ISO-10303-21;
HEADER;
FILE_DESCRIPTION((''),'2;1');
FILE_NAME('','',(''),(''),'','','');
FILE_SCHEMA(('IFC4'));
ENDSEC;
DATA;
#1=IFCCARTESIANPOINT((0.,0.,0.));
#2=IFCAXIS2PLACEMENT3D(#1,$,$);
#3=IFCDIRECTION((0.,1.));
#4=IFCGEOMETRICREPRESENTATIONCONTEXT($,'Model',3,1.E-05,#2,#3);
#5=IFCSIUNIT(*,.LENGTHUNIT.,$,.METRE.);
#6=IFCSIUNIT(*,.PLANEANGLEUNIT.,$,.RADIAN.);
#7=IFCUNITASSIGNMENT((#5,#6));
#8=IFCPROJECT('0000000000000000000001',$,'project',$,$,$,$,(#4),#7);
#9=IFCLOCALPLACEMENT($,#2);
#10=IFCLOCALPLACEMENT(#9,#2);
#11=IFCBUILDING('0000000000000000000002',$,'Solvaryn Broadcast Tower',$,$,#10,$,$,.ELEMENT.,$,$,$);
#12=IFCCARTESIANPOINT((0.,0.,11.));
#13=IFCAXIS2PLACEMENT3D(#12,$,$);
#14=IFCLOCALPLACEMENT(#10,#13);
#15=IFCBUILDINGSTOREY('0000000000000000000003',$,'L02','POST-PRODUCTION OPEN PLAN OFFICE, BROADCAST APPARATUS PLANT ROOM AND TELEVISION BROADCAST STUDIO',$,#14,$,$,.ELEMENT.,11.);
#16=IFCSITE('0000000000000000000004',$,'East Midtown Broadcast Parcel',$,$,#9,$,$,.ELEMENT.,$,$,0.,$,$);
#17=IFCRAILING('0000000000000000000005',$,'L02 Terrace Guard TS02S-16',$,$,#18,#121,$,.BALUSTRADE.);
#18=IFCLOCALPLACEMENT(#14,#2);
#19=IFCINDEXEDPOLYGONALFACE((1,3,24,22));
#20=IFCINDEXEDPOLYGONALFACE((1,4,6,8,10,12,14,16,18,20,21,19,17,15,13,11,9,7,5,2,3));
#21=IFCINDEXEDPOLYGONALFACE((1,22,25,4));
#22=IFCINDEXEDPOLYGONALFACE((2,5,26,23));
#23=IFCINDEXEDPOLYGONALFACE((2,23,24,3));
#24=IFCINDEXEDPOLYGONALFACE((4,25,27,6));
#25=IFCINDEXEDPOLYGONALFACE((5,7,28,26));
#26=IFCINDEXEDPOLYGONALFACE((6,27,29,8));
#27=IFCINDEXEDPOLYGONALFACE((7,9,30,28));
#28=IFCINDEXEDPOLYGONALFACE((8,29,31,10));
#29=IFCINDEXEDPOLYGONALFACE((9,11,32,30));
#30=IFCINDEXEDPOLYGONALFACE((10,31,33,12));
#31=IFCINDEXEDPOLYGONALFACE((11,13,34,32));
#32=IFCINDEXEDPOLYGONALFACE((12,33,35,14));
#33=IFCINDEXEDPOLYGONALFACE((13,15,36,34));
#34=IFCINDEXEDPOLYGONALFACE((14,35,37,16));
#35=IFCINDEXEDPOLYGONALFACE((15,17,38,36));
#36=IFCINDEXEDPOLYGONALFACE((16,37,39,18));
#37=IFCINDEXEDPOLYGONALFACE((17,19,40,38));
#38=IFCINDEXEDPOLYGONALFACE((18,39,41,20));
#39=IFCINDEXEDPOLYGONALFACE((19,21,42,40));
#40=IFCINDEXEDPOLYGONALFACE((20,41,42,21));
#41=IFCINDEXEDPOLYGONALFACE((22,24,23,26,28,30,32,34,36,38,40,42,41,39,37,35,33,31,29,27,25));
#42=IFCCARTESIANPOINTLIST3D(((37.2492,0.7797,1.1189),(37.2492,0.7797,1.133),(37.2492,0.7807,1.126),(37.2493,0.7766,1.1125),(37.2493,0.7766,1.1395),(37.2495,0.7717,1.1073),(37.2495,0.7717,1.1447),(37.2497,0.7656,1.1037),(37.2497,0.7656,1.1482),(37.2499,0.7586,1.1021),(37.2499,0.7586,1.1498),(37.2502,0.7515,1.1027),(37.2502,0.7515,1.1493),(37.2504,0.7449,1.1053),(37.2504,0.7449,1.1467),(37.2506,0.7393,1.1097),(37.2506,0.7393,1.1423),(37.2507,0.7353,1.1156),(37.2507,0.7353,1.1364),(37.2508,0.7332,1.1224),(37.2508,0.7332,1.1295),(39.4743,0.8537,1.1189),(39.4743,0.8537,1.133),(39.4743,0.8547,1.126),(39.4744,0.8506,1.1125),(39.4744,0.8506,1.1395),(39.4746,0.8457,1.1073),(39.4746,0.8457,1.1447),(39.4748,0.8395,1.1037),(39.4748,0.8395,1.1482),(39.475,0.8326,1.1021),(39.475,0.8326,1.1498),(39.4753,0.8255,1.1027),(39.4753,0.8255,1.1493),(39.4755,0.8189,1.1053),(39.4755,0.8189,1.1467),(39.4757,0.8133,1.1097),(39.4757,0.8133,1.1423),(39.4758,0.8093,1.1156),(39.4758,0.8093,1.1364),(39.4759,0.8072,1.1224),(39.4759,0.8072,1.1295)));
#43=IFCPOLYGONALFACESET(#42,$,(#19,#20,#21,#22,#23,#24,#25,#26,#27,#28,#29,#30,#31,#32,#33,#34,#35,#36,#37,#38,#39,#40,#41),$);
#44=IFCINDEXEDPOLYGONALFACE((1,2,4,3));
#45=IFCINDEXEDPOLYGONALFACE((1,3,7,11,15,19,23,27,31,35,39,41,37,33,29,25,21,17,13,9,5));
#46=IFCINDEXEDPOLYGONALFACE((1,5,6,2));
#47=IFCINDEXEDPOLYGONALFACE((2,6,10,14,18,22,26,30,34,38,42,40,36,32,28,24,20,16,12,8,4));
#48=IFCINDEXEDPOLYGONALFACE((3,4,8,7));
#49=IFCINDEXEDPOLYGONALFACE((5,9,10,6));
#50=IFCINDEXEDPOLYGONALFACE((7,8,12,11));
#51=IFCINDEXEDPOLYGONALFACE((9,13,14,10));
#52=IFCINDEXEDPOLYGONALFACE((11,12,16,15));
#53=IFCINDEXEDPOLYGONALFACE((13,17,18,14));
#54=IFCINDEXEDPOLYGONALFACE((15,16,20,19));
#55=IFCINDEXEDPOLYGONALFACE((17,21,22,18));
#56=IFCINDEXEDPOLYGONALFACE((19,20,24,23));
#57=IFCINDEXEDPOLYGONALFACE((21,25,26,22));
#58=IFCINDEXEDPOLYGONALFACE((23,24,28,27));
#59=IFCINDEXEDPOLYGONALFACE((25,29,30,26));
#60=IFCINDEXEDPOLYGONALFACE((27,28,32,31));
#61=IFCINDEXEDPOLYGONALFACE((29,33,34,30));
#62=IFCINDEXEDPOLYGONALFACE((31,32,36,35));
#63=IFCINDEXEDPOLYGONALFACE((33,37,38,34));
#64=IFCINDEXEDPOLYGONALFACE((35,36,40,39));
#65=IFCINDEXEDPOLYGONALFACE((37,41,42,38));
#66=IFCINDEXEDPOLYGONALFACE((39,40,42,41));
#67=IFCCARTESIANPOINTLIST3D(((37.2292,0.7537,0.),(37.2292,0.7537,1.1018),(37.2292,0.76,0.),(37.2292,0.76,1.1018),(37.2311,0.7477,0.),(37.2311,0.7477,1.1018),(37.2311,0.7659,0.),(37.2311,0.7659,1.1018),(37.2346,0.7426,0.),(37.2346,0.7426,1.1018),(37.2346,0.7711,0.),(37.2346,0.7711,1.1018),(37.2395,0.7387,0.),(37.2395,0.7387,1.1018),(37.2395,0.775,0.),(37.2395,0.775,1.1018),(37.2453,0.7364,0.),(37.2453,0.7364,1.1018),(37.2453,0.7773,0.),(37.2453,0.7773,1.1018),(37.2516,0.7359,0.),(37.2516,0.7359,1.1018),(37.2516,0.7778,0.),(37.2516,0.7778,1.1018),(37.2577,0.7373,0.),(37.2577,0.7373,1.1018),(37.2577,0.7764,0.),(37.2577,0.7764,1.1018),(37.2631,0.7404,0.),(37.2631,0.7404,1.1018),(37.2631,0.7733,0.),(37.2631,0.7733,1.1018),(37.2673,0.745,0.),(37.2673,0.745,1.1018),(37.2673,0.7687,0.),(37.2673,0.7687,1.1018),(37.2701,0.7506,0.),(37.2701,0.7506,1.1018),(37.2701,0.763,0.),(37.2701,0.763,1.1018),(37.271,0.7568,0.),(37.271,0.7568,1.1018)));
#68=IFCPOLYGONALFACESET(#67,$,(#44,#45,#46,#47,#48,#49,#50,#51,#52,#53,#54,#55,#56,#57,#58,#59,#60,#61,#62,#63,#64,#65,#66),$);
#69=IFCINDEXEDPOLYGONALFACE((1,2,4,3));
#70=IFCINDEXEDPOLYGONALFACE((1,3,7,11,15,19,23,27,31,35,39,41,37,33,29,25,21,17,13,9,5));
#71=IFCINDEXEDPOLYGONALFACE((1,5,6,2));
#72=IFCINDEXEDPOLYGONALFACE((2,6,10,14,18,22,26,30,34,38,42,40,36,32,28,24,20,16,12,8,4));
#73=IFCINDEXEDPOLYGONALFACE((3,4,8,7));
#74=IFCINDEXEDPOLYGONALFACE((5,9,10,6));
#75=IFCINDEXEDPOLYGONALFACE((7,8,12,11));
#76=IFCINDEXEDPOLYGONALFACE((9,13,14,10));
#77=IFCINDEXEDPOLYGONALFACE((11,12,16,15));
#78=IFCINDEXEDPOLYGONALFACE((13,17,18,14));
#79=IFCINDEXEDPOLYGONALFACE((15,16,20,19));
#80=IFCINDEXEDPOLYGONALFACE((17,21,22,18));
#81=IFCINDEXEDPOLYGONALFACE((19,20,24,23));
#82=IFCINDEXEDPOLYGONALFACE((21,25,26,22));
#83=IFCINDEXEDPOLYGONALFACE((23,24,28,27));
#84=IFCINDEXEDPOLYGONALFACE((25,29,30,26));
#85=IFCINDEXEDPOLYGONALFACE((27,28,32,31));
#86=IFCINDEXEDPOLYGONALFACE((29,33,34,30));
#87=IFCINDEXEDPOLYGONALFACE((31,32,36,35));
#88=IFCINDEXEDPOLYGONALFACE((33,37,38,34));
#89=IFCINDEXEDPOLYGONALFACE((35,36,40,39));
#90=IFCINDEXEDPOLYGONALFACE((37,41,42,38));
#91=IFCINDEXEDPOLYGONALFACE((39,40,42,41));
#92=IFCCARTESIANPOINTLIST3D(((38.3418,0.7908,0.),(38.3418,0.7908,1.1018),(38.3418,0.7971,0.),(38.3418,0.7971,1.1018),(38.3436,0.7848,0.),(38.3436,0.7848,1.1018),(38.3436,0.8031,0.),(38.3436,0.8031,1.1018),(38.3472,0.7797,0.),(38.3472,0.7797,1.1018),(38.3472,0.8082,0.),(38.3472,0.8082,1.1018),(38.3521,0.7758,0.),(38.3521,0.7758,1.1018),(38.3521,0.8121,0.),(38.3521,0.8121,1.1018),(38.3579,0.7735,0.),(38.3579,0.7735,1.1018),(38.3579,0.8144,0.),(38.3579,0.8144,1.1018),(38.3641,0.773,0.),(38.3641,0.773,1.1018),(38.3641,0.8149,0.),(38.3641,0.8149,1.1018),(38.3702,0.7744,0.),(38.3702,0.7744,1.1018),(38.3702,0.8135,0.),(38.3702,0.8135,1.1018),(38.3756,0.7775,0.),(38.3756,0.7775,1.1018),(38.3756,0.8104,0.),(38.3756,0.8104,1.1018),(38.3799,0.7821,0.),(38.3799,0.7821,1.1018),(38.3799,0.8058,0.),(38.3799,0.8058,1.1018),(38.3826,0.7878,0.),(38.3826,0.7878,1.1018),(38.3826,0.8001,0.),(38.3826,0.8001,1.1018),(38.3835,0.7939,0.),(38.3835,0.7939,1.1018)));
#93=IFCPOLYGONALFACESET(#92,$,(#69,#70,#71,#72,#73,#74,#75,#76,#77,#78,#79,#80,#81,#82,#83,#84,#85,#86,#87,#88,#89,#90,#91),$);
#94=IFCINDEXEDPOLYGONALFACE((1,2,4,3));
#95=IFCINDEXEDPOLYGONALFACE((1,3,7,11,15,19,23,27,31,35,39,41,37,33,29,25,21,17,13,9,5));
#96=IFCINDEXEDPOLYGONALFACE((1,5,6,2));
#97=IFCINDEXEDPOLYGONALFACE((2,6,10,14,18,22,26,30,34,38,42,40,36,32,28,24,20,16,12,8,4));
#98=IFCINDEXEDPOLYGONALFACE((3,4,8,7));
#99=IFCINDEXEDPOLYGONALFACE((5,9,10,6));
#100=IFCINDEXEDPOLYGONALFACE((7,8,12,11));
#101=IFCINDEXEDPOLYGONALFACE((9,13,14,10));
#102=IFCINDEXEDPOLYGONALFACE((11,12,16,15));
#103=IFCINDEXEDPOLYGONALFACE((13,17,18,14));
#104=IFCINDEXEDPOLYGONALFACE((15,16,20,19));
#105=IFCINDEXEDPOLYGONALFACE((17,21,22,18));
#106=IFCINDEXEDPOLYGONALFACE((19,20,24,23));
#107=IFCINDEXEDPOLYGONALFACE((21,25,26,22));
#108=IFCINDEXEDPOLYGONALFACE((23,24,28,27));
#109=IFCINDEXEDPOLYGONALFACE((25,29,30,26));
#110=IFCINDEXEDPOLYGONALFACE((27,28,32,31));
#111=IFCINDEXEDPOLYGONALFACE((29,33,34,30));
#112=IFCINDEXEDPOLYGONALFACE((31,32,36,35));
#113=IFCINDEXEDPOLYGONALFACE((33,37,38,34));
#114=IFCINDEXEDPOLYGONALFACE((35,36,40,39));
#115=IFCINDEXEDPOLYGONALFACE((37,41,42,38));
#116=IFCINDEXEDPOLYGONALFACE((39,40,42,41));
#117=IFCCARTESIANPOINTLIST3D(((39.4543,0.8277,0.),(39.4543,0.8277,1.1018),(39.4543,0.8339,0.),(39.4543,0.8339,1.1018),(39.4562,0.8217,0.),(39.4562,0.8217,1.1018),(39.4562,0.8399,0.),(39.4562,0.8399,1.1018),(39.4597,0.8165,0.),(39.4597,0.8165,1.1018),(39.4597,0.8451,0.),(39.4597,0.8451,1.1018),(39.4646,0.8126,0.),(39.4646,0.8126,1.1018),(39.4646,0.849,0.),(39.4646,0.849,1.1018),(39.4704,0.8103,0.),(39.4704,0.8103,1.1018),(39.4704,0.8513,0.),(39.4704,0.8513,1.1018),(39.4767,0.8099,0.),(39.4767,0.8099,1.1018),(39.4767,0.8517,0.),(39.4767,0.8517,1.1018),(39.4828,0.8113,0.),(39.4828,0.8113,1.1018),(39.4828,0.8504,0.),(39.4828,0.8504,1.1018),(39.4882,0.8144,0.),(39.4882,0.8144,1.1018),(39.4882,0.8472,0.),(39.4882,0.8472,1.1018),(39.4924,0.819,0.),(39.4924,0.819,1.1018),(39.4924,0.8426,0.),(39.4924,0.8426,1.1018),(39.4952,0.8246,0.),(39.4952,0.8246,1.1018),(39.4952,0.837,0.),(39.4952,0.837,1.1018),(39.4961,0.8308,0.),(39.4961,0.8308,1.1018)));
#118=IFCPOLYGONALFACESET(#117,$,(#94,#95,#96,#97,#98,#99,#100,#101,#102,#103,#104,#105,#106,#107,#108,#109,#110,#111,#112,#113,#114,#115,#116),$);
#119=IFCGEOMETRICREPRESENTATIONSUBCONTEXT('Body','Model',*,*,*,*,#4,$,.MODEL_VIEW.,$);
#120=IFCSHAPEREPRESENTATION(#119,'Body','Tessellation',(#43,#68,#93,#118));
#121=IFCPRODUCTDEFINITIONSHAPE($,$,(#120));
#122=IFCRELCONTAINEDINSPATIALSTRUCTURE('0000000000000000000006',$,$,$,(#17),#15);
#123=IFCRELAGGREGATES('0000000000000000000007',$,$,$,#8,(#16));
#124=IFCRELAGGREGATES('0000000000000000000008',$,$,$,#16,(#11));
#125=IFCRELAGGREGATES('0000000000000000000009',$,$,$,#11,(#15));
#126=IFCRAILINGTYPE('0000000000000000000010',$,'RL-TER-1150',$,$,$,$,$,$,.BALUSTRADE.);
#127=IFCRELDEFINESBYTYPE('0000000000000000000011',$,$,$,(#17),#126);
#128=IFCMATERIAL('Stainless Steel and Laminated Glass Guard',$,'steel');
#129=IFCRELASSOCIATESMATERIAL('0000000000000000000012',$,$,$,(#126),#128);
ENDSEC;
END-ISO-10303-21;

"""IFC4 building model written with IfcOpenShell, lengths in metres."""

from ifc_helpers import new_model, si_unit, direction, frame, origin, origin_2d, place, context, subcontext, project, spatial, circle, extrude, material, type_object, element, save


model = new_model("IFC4")

# Units and contexts
model_context = context("Model", 3, precision=1e-05, world=origin(), true_north=direction((0.0, 1.0)))
body_context = subcontext(model_context, "Body", "Model", "MODEL_VIEW")
ifc_project = project(units=[si_unit("LENGTHUNIT", "METRE"), si_unit("PLANEANGLEUNIT", "RADIAN")], contexts=[model_context])

# Site, building, storey
site_placement = place(None, origin())
site = spatial("IfcSite", under=ifc_project, at=site_placement, Name="East Midtown Broadcast Parcel", CompositionType="ELEMENT", RefElevation=0.0)
building_placement = place(site_placement, origin())
building = spatial("IfcBuilding", under=site, at=building_placement, Name="Solvaryn Broadcast Tower", CompositionType="ELEMENT")
storey_placement = place(building_placement, frame((0.0, 0.0, 11.0)))
storey = spatial("IfcBuildingStorey", under=building, at=storey_placement, Name="L02", Description="POST-PRODUCTION OPEN PLAN OFFICE, BROADCAST APPARATUS PLANT ROOM AND TELEVISION BROADCAST STUDIO", CompositionType="ELEMENT", Elevation=11.0)

# Railing
ifc_material_1 = material(Name="Stainless Steel and Laminated Glass Guard", Category="steel")
railing_type = type_object("IfcRailingType", Name="RL-TER-1150", PredefinedType="BALUSTRADE", material=ifc_material_1)
railing_1_placement = place(storey_placement, frame((37.25, 0.7568, 0.0)))
element("IfcRailing", 1, at=railing_1_placement, inside=storey, type_object=railing_type, Name="L02 Terrace Guard TS02S-16", PredefinedType="BALUSTRADE", context=body_context, shape_type="SweptSolid", body=[
    extrude(circle(Radius=0.0239, at=origin_2d()), frame((0.0, 0.0, 1.126), z_axis=(0.999448, 0.033227, 0.0), x_axis=(-0.033227, 0.999448, 0.0)), (0.0, 0.0, 1.0), 2.2263),
    extrude(circle(Radius=0.021, at=origin_2d()), origin(), (0.0, 0.0, 1.0), 1.1018),
    extrude(circle(Radius=0.021, at=origin_2d()), frame((1.1125, 0.0371, 0.0)), (0.0, 0.0, 1.0), 1.1018),
    extrude(circle(Radius=0.021, at=origin_2d()), frame((2.2251, 0.074, 0.0)), (0.0, 0.0, 1.0), 1.1018),
])

save(model, "model.ifc")
